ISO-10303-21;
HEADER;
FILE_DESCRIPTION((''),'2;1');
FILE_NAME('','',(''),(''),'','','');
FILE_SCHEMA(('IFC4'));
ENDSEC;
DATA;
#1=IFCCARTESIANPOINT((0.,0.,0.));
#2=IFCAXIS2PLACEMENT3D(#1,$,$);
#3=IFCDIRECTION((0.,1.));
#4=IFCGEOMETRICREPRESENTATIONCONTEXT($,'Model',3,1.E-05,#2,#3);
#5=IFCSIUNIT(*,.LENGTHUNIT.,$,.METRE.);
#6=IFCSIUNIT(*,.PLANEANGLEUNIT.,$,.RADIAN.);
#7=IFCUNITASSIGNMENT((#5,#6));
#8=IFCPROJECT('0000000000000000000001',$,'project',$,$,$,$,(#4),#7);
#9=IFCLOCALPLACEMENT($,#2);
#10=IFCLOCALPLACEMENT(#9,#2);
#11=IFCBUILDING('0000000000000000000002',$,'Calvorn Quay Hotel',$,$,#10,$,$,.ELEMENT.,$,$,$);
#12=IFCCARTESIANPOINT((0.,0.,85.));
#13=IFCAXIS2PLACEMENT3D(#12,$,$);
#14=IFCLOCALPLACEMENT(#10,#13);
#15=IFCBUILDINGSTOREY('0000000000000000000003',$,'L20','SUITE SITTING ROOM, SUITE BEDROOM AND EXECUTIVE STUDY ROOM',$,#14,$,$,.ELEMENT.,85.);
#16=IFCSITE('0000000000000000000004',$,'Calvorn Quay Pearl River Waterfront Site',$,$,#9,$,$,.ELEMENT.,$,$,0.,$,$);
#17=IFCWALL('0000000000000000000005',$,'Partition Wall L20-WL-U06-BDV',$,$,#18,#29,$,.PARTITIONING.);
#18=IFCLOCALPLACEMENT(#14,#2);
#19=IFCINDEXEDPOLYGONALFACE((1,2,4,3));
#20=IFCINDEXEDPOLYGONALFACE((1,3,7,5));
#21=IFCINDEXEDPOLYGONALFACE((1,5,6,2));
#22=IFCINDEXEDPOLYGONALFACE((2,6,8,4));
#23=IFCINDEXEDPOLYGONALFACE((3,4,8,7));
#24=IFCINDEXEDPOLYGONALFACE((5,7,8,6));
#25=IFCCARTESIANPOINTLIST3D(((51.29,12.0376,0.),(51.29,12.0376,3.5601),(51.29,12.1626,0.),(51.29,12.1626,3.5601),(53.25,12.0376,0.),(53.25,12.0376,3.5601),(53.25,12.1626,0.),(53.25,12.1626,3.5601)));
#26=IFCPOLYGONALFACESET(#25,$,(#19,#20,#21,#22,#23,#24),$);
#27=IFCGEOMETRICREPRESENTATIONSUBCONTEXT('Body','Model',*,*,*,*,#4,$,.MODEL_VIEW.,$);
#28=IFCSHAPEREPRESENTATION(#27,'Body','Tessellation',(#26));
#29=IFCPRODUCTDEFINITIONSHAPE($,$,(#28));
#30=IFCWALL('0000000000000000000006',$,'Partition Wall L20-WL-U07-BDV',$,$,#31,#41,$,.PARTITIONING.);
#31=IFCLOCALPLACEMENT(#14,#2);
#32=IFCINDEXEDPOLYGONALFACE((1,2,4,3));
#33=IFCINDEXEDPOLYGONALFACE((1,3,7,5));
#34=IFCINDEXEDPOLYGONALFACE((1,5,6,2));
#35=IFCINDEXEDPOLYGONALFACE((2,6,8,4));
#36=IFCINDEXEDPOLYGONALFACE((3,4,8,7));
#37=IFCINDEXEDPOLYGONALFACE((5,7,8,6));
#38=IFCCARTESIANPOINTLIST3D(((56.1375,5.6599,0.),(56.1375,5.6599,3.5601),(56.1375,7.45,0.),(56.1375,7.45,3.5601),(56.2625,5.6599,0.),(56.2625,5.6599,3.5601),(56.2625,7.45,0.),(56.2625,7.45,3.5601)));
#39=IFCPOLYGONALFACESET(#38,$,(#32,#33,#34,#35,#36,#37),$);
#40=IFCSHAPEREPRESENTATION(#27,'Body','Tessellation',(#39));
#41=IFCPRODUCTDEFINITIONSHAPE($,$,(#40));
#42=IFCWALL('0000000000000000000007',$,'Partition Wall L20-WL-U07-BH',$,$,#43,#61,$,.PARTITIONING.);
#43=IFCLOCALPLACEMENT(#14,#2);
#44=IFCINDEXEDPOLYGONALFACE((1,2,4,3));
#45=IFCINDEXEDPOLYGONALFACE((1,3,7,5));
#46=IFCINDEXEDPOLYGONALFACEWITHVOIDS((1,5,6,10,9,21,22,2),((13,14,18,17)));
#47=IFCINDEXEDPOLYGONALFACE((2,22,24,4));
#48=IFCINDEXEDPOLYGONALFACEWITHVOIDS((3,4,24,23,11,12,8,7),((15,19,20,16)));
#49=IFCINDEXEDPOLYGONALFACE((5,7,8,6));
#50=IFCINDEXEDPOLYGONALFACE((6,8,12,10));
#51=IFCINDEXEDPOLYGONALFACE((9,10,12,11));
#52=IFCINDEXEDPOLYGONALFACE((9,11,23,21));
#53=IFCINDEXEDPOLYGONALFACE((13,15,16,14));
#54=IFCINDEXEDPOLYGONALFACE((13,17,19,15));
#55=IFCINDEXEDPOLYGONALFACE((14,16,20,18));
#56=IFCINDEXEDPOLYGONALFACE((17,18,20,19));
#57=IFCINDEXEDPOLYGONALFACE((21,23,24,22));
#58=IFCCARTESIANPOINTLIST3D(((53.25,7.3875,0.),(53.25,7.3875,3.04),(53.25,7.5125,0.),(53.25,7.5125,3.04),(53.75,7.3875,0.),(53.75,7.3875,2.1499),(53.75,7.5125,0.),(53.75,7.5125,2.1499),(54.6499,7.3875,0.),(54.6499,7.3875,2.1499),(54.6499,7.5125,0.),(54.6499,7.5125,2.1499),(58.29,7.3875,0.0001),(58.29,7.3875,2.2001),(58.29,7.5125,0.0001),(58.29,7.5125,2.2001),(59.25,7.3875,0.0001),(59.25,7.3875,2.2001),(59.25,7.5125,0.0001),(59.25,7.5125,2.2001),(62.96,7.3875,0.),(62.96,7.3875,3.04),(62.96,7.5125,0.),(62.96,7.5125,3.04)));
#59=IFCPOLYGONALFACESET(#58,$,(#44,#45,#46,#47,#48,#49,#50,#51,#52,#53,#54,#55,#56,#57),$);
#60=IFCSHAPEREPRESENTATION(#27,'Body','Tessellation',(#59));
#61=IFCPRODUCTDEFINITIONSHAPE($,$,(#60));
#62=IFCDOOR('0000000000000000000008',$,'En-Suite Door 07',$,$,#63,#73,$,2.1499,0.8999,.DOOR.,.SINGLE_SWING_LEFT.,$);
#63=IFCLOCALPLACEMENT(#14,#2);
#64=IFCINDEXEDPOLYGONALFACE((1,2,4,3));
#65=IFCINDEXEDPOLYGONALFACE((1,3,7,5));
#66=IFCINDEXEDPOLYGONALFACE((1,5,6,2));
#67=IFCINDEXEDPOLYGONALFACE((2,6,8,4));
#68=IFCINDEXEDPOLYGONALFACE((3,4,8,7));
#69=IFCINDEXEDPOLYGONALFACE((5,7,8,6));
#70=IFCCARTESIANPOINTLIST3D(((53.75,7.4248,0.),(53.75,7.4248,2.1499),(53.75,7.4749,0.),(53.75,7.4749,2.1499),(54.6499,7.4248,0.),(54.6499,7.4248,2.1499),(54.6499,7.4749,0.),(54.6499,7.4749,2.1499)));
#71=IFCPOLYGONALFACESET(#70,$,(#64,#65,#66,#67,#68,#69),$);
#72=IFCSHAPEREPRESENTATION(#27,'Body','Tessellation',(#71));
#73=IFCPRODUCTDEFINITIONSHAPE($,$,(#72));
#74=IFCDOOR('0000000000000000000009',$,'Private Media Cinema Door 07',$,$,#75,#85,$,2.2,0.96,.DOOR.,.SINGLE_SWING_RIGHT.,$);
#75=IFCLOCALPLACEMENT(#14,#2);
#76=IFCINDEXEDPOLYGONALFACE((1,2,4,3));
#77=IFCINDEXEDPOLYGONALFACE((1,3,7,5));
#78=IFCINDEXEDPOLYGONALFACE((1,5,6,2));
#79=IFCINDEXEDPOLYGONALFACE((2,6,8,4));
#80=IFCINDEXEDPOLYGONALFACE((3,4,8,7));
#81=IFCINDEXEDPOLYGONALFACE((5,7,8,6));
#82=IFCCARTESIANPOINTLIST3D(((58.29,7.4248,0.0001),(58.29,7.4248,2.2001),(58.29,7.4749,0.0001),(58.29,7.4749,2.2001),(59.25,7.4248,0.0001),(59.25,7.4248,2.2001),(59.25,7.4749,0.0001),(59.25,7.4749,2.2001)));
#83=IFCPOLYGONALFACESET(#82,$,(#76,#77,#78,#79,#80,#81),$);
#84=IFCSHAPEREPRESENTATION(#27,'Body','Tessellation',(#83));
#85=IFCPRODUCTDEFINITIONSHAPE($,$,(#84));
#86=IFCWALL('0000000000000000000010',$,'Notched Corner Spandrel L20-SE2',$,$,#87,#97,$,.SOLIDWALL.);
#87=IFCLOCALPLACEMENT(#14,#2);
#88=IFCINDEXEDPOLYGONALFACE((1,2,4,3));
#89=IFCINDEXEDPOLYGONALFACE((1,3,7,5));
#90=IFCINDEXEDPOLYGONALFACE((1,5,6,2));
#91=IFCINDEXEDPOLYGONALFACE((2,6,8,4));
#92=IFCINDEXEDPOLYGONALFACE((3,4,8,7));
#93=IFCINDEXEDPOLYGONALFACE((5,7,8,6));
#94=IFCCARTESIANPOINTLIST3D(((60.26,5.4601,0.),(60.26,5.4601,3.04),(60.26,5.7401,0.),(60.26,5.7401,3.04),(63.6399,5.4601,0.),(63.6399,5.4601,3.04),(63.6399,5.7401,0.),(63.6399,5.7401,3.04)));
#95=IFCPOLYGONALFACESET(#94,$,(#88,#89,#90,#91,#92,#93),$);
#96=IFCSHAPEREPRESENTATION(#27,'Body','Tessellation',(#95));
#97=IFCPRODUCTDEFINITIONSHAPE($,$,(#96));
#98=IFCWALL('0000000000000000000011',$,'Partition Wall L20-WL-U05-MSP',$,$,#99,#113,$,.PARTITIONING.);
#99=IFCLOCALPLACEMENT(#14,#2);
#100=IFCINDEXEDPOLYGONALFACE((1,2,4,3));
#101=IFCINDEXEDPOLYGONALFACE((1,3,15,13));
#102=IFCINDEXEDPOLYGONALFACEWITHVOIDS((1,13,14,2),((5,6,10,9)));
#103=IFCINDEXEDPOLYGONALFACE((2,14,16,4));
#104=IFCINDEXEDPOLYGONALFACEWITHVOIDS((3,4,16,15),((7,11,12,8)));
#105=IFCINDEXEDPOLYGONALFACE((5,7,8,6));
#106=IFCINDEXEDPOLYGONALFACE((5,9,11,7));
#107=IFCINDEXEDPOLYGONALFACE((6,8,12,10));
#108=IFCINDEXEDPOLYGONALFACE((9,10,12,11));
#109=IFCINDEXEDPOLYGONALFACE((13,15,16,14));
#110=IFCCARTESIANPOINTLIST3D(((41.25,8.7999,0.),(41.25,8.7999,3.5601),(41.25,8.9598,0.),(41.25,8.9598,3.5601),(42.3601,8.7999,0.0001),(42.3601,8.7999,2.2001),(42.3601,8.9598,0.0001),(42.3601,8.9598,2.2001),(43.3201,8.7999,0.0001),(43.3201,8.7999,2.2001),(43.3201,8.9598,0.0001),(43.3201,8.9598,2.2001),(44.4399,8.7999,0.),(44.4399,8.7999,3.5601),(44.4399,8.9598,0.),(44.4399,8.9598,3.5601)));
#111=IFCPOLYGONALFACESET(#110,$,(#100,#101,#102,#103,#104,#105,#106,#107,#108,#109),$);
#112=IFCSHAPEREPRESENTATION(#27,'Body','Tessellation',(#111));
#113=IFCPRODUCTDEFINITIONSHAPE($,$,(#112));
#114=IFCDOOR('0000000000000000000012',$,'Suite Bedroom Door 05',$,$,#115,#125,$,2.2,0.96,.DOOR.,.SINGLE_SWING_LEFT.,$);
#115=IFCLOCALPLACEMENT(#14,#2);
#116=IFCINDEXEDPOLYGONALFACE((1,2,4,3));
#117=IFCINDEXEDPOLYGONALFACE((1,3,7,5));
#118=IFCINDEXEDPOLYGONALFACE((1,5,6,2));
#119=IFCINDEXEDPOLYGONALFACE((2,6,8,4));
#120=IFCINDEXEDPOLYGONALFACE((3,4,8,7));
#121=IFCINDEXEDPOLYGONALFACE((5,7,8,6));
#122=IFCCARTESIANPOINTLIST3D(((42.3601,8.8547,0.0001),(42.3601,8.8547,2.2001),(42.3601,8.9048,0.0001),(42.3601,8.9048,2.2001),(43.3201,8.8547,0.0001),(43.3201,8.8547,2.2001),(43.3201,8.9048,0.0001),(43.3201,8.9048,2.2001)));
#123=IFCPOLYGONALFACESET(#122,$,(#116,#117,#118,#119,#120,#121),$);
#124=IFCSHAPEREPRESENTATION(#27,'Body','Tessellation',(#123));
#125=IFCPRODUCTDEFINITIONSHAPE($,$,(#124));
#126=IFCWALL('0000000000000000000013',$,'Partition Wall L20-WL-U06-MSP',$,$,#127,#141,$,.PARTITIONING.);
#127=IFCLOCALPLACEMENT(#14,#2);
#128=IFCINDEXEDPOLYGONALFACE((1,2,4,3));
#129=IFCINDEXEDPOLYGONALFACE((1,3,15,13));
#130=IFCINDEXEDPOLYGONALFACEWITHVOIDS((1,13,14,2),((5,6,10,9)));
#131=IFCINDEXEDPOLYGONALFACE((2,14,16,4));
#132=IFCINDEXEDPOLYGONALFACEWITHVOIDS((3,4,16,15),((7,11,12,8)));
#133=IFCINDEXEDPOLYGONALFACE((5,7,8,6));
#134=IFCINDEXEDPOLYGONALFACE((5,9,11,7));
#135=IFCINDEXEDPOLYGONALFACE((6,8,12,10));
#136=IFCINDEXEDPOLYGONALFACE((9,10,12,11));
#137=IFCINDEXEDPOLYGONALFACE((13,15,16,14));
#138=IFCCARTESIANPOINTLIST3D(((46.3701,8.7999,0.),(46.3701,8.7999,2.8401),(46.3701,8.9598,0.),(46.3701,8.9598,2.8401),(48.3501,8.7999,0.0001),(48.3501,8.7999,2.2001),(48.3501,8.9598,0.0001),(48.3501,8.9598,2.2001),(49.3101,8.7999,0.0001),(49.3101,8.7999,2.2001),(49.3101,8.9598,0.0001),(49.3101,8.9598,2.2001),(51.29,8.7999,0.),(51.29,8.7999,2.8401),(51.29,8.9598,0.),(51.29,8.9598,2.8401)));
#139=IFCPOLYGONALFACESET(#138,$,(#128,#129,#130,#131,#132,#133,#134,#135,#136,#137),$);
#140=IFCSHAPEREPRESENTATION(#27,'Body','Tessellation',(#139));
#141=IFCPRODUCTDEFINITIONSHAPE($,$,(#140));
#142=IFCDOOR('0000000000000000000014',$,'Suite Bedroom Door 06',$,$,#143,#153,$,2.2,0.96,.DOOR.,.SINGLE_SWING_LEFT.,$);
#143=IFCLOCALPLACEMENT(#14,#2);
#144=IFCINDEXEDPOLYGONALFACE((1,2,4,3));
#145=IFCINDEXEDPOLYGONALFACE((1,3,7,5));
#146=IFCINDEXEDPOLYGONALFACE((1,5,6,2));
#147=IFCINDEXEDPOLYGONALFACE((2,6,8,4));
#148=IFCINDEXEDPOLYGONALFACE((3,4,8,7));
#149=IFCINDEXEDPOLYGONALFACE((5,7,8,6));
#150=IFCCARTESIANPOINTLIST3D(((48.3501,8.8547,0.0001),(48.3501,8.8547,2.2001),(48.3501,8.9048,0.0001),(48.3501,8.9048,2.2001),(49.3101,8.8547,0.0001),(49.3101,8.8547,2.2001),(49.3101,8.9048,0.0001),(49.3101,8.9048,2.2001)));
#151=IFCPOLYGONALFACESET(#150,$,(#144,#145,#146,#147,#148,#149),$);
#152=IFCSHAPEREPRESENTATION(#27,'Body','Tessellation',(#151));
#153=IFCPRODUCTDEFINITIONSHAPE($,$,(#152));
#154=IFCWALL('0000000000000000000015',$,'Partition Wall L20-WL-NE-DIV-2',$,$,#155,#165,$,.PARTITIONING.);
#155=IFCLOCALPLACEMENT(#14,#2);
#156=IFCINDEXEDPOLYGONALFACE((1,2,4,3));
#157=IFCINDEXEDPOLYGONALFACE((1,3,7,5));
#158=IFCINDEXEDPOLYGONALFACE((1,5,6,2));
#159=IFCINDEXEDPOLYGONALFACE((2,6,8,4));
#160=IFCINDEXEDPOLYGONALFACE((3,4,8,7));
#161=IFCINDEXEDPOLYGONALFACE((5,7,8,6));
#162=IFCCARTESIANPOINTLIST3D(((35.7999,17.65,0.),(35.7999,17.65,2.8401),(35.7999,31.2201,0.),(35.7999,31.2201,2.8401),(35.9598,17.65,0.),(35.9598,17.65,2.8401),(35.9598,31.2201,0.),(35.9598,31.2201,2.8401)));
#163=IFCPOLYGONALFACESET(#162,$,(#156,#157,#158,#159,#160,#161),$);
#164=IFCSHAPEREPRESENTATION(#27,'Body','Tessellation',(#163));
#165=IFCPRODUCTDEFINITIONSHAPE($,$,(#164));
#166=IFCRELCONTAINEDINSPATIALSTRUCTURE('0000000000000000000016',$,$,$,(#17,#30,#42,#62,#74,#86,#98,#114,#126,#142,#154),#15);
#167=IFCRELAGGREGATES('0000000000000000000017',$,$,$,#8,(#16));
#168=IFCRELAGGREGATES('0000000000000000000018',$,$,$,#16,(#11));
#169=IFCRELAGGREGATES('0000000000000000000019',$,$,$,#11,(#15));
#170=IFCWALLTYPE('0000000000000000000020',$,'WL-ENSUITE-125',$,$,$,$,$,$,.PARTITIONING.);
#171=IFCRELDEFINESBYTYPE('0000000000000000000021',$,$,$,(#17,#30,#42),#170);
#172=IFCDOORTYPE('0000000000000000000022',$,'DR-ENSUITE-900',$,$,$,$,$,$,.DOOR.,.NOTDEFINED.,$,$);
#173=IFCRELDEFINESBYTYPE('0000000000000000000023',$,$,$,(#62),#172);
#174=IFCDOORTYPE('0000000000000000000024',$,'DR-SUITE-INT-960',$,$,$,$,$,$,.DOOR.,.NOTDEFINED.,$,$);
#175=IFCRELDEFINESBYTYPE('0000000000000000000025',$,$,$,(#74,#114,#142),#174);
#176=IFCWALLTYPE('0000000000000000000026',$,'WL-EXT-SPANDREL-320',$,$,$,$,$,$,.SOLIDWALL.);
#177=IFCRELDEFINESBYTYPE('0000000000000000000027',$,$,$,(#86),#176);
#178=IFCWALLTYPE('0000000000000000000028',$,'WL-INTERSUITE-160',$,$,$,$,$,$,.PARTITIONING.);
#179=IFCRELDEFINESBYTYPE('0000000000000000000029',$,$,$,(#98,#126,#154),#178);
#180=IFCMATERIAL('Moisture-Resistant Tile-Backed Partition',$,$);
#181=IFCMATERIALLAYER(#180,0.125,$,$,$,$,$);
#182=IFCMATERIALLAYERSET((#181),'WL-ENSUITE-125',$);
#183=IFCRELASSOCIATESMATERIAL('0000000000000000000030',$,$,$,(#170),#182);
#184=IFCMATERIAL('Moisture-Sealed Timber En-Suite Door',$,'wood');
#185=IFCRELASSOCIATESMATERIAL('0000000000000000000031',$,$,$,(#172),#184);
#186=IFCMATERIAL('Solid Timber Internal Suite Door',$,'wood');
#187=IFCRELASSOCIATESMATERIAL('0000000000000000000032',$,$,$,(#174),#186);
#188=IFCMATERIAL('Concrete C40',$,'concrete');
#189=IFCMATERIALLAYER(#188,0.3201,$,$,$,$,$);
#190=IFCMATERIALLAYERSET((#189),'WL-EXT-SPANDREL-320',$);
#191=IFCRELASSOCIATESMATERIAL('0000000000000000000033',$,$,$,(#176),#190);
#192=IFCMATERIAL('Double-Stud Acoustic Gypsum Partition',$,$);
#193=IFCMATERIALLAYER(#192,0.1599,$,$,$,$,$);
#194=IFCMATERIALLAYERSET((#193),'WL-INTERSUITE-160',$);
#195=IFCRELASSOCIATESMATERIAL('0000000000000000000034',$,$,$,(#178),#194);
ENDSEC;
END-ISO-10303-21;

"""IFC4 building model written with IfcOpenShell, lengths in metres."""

from ifc_helpers import new_model, si_unit, direction, frame, frame_2d, origin, place, context, subcontext, project, spatial, rectangle, extrude, material, layer, layer_set, type_object, element, fill, save


model = new_model("IFC4")

# Units and contexts
model_context = context("Model", 3, precision=1e-05, world=origin(), true_north=direction((0.0, 1.0)))
body_context = subcontext(model_context, "Body", "Model", "MODEL_VIEW")
ifc_project = project(units=[si_unit("LENGTHUNIT", "METRE"), si_unit("PLANEANGLEUNIT", "RADIAN")], contexts=[model_context])

# Site, building, storey
site_placement = place(None, origin())
site = spatial("IfcSite", under=ifc_project, at=site_placement, Name="Calvorn Quay Pearl River Waterfront Site", CompositionType="ELEMENT", RefElevation=0.0)
building_placement = place(site_placement, origin())
building = spatial("IfcBuilding", under=site, at=building_placement, Name="Calvorn Quay Hotel", CompositionType="ELEMENT")
storey_placement = place(building_placement, frame((0.0, 0.0, 85.0)))
storey = spatial("IfcBuildingStorey", under=building, at=storey_placement, Name="L20", Description="SUITE SITTING ROOM, SUITE BEDROOM AND EXECUTIVE STUDY ROOM", CompositionType="ELEMENT", Elevation=85.0)

# Walls
ifc_material_1 = material(Name="Moisture-Resistant Tile-Backed Partition")
ifc_layer_1 = layer(ifc_material_1, 0.125)
ifc_layer_set_1 = layer_set([ifc_layer_1], Name="WL-ENSUITE-125")
wall_type_1 = type_object("IfcWallType", Name="WL-ENSUITE-125", PredefinedType="PARTITIONING", material=ifc_layer_set_1)
wall_1_placement = place(storey_placement, frame((51.29, 12.1001, 0.0), z_axis=(0.0, 0.0, 1.0), x_axis=(1.0, 0.0, 0.0)))
element("IfcWall", 1, at=wall_1_placement, inside=storey, type_object=wall_type_1, Name="Partition Wall L20-WL-U06-BDV", PredefinedType="PARTITIONING", context=body_context, shape_type="SweptSolid", body=[
    extrude(rectangle(XDim=1.96, YDim=0.125, at=frame_2d((0.98, 0.0))), origin(), (0.0, 0.0, 1.0), 3.5601),
])
wall_2_placement = place(storey_placement, frame((56.2, 5.6599, 0.0), z_axis=(0.0, 0.0, 1.0), x_axis=(0.0, 1.0, 0.0)))
element("IfcWall", 2, at=wall_2_placement, inside=storey, type_object=wall_type_1, Name="Partition Wall L20-WL-U07-BDV", PredefinedType="PARTITIONING", context=body_context, shape_type="SweptSolid", body=[
    extrude(rectangle(XDim=1.79, YDim=0.125, at=frame_2d((0.895, 0.0))), origin(), (0.0, 0.0, 1.0), 3.5601),
])

# Wall, openings, doors
wall_3_placement = place(storey_placement, frame((53.25, 7.45, 0.0), z_axis=(0.0, 0.0, 1.0), x_axis=(1.0, 0.0, 0.0)))
wall_3 = element("IfcWall", 3, at=wall_3_placement, inside=storey, type_object=wall_type_1, Name="Partition Wall L20-WL-U07-BH", PredefinedType="PARTITIONING", context=body_context, shape_type="SweptSolid", body=[
    extrude(rectangle(XDim=9.71, YDim=0.125, at=frame_2d((4.855, 0.0))), origin(), (0.0, 0.0, 1.0), 3.04),
])
opening_1_placement = place(wall_3_placement, frame((0.5, 0.0, 0.0)))
opening_1 = element("IfcOpeningElement", 4, at=opening_1_placement, cuts=wall_3, PredefinedType="OPENING", context=body_context, shape_type="SweptSolid", body=[
    extrude(rectangle(XDim=0.8999, YDim=2.1499, at=frame_2d((0.45, 1.075))), frame((0.0, 0.0725, 0.0), z_axis=(0.0, -1.0, 0.0), x_axis=(1.0, 0.0, 0.0)), (0.0, 0.0, 1.0), 0.145),
])
opening_2_placement = place(wall_3_placement, frame((5.04, 0.0, 0.0)))
opening_2 = element("IfcOpeningElement", 5, at=opening_2_placement, cuts=wall_3, PredefinedType="OPENING", context=body_context, shape_type="SweptSolid", body=[
    extrude(rectangle(XDim=0.96, YDim=2.2, at=frame_2d((0.48, 1.1001))), frame((0.0, 0.0725, 0.0), z_axis=(0.0, -1.0, 0.0), x_axis=(1.0, 0.0, 0.0)), (0.0, 0.0, 1.0), 0.145),
])
ifc_material_2 = material(Name="Moisture-Sealed Timber En-Suite Door", Category="wood")
door_type_1 = type_object("IfcDoorType", Name="DR-ENSUITE-900", OperationType="NOTDEFINED", PredefinedType="DOOR", material=ifc_material_2)
door_1_placement = place(opening_1_placement, origin())
door_1 = element("IfcDoor", 6, at=door_1_placement, inside=storey, type_object=door_type_1, Name="En-Suite Door 07", OperationType="SINGLE_SWING_LEFT", OverallHeight=2.1499, OverallWidth=0.8999, PredefinedType="DOOR", context=body_context, shape_type="SweptSolid", body=[
    extrude(rectangle(XDim=0.8999, YDim=2.1499, at=frame_2d((0.45, 1.075))), frame((0.0, 0.0249, 0.0), z_axis=(0.0, -1.0, 0.0), x_axis=(1.0, 0.0, 0.0)), (0.0, 0.0, 1.0), 0.05),
])
fill(opening_1, door_1)
ifc_material_3 = material(Name="Solid Timber Internal Suite Door", Category="wood")
door_type_2 = type_object("IfcDoorType", Name="DR-SUITE-INT-960", OperationType="NOTDEFINED", PredefinedType="DOOR", material=ifc_material_3)
door_2_placement = place(opening_2_placement, origin())
door_2 = element("IfcDoor", 7, at=door_2_placement, inside=storey, type_object=door_type_2, Name="Private Media Cinema Door 07", OperationType="SINGLE_SWING_RIGHT", OverallHeight=2.2, OverallWidth=0.96, PredefinedType="DOOR", context=body_context, shape_type="SweptSolid", body=[
    extrude(rectangle(XDim=0.96, YDim=2.2, at=frame_2d((0.48, 1.1001))), frame((0.0, 0.0249, 0.0), z_axis=(0.0, -1.0, 0.0), x_axis=(1.0, 0.0, 0.0)), (0.0, 0.0, 1.0), 0.05),
])
fill(opening_2, door_2)

# Wall
ifc_material_4 = material(Name="Concrete C40", Category="concrete")
ifc_layer_2 = layer(ifc_material_4, 0.3201)
ifc_layer_set_2 = layer_set([ifc_layer_2], Name="WL-EXT-SPANDREL-320")
wall_type_2 = type_object("IfcWallType", Name="WL-EXT-SPANDREL-320", PredefinedType="SOLIDWALL", material=ifc_layer_set_2)
wall_4_placement = place(storey_placement, frame((60.26, 5.6001, 0.0), z_axis=(0.0, 0.0, 1.0), x_axis=(1.0, 0.0, 0.0)))
element("IfcWall", 8, at=wall_4_placement, inside=storey, type_object=wall_type_2, Name="Notched Corner Spandrel L20-SE2", PredefinedType="SOLIDWALL", context=body_context, shape_type="SweptSolid", body=[
    extrude(rectangle(XDim=3.3799, YDim=0.28, at=frame_2d((1.6899, 0.0))), origin(), (0.0, 0.0, 1.0), 3.04),
])

# Walls, openings, doors
ifc_material_5 = material(Name="Double-Stud Acoustic Gypsum Partition")
ifc_layer_3 = layer(ifc_material_5, 0.1599)
ifc_layer_set_3 = layer_set([ifc_layer_3], Name="WL-INTERSUITE-160")
wall_type_3 = type_object("IfcWallType", Name="WL-INTERSUITE-160", PredefinedType="PARTITIONING", material=ifc_layer_set_3)
wall_5_placement = place(storey_placement, frame((41.25, 8.8799, 0.0), z_axis=(0.0, 0.0, 1.0), x_axis=(1.0, 0.0, 0.0)))
wall_5 = element("IfcWall", 9, at=wall_5_placement, inside=storey, type_object=wall_type_3, Name="Partition Wall L20-WL-U05-MSP", PredefinedType="PARTITIONING", context=body_context, shape_type="SweptSolid", body=[
    extrude(rectangle(XDim=3.1899, YDim=0.1599, at=frame_2d((1.595, 0.0))), origin(), (0.0, 0.0, 1.0), 3.5601),
])
opening_3_placement = place(wall_5_placement, frame((1.1101, 0.0, 0.0)))
opening_3 = element("IfcOpeningElement", 10, at=opening_3_placement, cuts=wall_5, PredefinedType="OPENING", context=body_context, shape_type="SweptSolid", body=[
    extrude(rectangle(XDim=0.96, YDim=2.2, at=frame_2d((0.48, 1.1001))), frame((0.0, 0.0898, 0.0), z_axis=(0.0, -1.0, 0.0), x_axis=(1.0, 0.0, 0.0)), (0.0, 0.0, 1.0), 0.1799),
])
door_3_placement = place(opening_3_placement, origin())
door_3 = element("IfcDoor", 11, at=door_3_placement, inside=storey, type_object=door_type_2, Name="Suite Bedroom Door 05", OperationType="SINGLE_SWING_LEFT", OverallHeight=2.2, OverallWidth=0.96, PredefinedType="DOOR", context=body_context, shape_type="SweptSolid", body=[
    extrude(rectangle(XDim=0.96, YDim=2.2, at=frame_2d((0.48, 1.1001))), frame((0.0, 0.0249, 0.0), z_axis=(0.0, -1.0, 0.0), x_axis=(1.0, 0.0, 0.0)), (0.0, 0.0, 1.0), 0.05),
])
fill(opening_3, door_3)
wall_6_placement = place(storey_placement, frame((46.3701, 8.8799, 0.0), z_axis=(0.0, 0.0, 1.0), x_axis=(1.0, 0.0, 0.0)))
wall_6 = element("IfcWall", 12, at=wall_6_placement, inside=storey, type_object=wall_type_3, Name="Partition Wall L20-WL-U06-MSP", PredefinedType="PARTITIONING", context=body_context, shape_type="SweptSolid", body=[
    extrude(rectangle(XDim=4.9199, YDim=0.1599, at=frame_2d((2.46, 0.0))), origin(), (0.0, 0.0, 1.0), 2.8401),
])
opening_4_placement = place(wall_6_placement, frame((1.98, 0.0, 0.0)))
opening_4 = element("IfcOpeningElement", 13, at=opening_4_placement, cuts=wall_6, PredefinedType="OPENING", context=body_context, shape_type="SweptSolid", body=[
    extrude(rectangle(XDim=0.96, YDim=2.2, at=frame_2d((0.48, 1.1001))), frame((0.0, 0.0898, 0.0), z_axis=(0.0, -1.0, 0.0), x_axis=(1.0, 0.0, 0.0)), (0.0, 0.0, 1.0), 0.1799),
])
door_4_placement = place(opening_4_placement, origin())
door_4 = element("IfcDoor", 14, at=door_4_placement, inside=storey, type_object=door_type_2, Name="Suite Bedroom Door 06", OperationType="SINGLE_SWING_LEFT", OverallHeight=2.2, OverallWidth=0.96, PredefinedType="DOOR", context=body_context, shape_type="SweptSolid", body=[
    extrude(rectangle(XDim=0.96, YDim=2.2, at=frame_2d((0.48, 1.1001))), frame((0.0, 0.0249, 0.0), z_axis=(0.0, -1.0, 0.0), x_axis=(1.0, 0.0, 0.0)), (0.0, 0.0, 1.0), 0.05),
])
fill(opening_4, door_4)

# Wall
wall_7_placement = place(storey_placement, frame((35.8799, 17.6499, 0.0), z_axis=(0.0, 0.0, 1.0), x_axis=(0.0, 1.0, 0.0)))
element("IfcWall", 15, at=wall_7_placement, inside=storey, type_object=wall_type_3, Name="Partition Wall L20-WL-NE-DIV-2", PredefinedType="PARTITIONING", context=body_context, shape_type="SweptSolid", body=[
    extrude(rectangle(XDim=13.5701, YDim=0.1599, at=frame_2d((6.7852, 0.0))), origin(), (0.0, 0.0, 1.0), 2.8401),
])

save(model, "model.ifc")
